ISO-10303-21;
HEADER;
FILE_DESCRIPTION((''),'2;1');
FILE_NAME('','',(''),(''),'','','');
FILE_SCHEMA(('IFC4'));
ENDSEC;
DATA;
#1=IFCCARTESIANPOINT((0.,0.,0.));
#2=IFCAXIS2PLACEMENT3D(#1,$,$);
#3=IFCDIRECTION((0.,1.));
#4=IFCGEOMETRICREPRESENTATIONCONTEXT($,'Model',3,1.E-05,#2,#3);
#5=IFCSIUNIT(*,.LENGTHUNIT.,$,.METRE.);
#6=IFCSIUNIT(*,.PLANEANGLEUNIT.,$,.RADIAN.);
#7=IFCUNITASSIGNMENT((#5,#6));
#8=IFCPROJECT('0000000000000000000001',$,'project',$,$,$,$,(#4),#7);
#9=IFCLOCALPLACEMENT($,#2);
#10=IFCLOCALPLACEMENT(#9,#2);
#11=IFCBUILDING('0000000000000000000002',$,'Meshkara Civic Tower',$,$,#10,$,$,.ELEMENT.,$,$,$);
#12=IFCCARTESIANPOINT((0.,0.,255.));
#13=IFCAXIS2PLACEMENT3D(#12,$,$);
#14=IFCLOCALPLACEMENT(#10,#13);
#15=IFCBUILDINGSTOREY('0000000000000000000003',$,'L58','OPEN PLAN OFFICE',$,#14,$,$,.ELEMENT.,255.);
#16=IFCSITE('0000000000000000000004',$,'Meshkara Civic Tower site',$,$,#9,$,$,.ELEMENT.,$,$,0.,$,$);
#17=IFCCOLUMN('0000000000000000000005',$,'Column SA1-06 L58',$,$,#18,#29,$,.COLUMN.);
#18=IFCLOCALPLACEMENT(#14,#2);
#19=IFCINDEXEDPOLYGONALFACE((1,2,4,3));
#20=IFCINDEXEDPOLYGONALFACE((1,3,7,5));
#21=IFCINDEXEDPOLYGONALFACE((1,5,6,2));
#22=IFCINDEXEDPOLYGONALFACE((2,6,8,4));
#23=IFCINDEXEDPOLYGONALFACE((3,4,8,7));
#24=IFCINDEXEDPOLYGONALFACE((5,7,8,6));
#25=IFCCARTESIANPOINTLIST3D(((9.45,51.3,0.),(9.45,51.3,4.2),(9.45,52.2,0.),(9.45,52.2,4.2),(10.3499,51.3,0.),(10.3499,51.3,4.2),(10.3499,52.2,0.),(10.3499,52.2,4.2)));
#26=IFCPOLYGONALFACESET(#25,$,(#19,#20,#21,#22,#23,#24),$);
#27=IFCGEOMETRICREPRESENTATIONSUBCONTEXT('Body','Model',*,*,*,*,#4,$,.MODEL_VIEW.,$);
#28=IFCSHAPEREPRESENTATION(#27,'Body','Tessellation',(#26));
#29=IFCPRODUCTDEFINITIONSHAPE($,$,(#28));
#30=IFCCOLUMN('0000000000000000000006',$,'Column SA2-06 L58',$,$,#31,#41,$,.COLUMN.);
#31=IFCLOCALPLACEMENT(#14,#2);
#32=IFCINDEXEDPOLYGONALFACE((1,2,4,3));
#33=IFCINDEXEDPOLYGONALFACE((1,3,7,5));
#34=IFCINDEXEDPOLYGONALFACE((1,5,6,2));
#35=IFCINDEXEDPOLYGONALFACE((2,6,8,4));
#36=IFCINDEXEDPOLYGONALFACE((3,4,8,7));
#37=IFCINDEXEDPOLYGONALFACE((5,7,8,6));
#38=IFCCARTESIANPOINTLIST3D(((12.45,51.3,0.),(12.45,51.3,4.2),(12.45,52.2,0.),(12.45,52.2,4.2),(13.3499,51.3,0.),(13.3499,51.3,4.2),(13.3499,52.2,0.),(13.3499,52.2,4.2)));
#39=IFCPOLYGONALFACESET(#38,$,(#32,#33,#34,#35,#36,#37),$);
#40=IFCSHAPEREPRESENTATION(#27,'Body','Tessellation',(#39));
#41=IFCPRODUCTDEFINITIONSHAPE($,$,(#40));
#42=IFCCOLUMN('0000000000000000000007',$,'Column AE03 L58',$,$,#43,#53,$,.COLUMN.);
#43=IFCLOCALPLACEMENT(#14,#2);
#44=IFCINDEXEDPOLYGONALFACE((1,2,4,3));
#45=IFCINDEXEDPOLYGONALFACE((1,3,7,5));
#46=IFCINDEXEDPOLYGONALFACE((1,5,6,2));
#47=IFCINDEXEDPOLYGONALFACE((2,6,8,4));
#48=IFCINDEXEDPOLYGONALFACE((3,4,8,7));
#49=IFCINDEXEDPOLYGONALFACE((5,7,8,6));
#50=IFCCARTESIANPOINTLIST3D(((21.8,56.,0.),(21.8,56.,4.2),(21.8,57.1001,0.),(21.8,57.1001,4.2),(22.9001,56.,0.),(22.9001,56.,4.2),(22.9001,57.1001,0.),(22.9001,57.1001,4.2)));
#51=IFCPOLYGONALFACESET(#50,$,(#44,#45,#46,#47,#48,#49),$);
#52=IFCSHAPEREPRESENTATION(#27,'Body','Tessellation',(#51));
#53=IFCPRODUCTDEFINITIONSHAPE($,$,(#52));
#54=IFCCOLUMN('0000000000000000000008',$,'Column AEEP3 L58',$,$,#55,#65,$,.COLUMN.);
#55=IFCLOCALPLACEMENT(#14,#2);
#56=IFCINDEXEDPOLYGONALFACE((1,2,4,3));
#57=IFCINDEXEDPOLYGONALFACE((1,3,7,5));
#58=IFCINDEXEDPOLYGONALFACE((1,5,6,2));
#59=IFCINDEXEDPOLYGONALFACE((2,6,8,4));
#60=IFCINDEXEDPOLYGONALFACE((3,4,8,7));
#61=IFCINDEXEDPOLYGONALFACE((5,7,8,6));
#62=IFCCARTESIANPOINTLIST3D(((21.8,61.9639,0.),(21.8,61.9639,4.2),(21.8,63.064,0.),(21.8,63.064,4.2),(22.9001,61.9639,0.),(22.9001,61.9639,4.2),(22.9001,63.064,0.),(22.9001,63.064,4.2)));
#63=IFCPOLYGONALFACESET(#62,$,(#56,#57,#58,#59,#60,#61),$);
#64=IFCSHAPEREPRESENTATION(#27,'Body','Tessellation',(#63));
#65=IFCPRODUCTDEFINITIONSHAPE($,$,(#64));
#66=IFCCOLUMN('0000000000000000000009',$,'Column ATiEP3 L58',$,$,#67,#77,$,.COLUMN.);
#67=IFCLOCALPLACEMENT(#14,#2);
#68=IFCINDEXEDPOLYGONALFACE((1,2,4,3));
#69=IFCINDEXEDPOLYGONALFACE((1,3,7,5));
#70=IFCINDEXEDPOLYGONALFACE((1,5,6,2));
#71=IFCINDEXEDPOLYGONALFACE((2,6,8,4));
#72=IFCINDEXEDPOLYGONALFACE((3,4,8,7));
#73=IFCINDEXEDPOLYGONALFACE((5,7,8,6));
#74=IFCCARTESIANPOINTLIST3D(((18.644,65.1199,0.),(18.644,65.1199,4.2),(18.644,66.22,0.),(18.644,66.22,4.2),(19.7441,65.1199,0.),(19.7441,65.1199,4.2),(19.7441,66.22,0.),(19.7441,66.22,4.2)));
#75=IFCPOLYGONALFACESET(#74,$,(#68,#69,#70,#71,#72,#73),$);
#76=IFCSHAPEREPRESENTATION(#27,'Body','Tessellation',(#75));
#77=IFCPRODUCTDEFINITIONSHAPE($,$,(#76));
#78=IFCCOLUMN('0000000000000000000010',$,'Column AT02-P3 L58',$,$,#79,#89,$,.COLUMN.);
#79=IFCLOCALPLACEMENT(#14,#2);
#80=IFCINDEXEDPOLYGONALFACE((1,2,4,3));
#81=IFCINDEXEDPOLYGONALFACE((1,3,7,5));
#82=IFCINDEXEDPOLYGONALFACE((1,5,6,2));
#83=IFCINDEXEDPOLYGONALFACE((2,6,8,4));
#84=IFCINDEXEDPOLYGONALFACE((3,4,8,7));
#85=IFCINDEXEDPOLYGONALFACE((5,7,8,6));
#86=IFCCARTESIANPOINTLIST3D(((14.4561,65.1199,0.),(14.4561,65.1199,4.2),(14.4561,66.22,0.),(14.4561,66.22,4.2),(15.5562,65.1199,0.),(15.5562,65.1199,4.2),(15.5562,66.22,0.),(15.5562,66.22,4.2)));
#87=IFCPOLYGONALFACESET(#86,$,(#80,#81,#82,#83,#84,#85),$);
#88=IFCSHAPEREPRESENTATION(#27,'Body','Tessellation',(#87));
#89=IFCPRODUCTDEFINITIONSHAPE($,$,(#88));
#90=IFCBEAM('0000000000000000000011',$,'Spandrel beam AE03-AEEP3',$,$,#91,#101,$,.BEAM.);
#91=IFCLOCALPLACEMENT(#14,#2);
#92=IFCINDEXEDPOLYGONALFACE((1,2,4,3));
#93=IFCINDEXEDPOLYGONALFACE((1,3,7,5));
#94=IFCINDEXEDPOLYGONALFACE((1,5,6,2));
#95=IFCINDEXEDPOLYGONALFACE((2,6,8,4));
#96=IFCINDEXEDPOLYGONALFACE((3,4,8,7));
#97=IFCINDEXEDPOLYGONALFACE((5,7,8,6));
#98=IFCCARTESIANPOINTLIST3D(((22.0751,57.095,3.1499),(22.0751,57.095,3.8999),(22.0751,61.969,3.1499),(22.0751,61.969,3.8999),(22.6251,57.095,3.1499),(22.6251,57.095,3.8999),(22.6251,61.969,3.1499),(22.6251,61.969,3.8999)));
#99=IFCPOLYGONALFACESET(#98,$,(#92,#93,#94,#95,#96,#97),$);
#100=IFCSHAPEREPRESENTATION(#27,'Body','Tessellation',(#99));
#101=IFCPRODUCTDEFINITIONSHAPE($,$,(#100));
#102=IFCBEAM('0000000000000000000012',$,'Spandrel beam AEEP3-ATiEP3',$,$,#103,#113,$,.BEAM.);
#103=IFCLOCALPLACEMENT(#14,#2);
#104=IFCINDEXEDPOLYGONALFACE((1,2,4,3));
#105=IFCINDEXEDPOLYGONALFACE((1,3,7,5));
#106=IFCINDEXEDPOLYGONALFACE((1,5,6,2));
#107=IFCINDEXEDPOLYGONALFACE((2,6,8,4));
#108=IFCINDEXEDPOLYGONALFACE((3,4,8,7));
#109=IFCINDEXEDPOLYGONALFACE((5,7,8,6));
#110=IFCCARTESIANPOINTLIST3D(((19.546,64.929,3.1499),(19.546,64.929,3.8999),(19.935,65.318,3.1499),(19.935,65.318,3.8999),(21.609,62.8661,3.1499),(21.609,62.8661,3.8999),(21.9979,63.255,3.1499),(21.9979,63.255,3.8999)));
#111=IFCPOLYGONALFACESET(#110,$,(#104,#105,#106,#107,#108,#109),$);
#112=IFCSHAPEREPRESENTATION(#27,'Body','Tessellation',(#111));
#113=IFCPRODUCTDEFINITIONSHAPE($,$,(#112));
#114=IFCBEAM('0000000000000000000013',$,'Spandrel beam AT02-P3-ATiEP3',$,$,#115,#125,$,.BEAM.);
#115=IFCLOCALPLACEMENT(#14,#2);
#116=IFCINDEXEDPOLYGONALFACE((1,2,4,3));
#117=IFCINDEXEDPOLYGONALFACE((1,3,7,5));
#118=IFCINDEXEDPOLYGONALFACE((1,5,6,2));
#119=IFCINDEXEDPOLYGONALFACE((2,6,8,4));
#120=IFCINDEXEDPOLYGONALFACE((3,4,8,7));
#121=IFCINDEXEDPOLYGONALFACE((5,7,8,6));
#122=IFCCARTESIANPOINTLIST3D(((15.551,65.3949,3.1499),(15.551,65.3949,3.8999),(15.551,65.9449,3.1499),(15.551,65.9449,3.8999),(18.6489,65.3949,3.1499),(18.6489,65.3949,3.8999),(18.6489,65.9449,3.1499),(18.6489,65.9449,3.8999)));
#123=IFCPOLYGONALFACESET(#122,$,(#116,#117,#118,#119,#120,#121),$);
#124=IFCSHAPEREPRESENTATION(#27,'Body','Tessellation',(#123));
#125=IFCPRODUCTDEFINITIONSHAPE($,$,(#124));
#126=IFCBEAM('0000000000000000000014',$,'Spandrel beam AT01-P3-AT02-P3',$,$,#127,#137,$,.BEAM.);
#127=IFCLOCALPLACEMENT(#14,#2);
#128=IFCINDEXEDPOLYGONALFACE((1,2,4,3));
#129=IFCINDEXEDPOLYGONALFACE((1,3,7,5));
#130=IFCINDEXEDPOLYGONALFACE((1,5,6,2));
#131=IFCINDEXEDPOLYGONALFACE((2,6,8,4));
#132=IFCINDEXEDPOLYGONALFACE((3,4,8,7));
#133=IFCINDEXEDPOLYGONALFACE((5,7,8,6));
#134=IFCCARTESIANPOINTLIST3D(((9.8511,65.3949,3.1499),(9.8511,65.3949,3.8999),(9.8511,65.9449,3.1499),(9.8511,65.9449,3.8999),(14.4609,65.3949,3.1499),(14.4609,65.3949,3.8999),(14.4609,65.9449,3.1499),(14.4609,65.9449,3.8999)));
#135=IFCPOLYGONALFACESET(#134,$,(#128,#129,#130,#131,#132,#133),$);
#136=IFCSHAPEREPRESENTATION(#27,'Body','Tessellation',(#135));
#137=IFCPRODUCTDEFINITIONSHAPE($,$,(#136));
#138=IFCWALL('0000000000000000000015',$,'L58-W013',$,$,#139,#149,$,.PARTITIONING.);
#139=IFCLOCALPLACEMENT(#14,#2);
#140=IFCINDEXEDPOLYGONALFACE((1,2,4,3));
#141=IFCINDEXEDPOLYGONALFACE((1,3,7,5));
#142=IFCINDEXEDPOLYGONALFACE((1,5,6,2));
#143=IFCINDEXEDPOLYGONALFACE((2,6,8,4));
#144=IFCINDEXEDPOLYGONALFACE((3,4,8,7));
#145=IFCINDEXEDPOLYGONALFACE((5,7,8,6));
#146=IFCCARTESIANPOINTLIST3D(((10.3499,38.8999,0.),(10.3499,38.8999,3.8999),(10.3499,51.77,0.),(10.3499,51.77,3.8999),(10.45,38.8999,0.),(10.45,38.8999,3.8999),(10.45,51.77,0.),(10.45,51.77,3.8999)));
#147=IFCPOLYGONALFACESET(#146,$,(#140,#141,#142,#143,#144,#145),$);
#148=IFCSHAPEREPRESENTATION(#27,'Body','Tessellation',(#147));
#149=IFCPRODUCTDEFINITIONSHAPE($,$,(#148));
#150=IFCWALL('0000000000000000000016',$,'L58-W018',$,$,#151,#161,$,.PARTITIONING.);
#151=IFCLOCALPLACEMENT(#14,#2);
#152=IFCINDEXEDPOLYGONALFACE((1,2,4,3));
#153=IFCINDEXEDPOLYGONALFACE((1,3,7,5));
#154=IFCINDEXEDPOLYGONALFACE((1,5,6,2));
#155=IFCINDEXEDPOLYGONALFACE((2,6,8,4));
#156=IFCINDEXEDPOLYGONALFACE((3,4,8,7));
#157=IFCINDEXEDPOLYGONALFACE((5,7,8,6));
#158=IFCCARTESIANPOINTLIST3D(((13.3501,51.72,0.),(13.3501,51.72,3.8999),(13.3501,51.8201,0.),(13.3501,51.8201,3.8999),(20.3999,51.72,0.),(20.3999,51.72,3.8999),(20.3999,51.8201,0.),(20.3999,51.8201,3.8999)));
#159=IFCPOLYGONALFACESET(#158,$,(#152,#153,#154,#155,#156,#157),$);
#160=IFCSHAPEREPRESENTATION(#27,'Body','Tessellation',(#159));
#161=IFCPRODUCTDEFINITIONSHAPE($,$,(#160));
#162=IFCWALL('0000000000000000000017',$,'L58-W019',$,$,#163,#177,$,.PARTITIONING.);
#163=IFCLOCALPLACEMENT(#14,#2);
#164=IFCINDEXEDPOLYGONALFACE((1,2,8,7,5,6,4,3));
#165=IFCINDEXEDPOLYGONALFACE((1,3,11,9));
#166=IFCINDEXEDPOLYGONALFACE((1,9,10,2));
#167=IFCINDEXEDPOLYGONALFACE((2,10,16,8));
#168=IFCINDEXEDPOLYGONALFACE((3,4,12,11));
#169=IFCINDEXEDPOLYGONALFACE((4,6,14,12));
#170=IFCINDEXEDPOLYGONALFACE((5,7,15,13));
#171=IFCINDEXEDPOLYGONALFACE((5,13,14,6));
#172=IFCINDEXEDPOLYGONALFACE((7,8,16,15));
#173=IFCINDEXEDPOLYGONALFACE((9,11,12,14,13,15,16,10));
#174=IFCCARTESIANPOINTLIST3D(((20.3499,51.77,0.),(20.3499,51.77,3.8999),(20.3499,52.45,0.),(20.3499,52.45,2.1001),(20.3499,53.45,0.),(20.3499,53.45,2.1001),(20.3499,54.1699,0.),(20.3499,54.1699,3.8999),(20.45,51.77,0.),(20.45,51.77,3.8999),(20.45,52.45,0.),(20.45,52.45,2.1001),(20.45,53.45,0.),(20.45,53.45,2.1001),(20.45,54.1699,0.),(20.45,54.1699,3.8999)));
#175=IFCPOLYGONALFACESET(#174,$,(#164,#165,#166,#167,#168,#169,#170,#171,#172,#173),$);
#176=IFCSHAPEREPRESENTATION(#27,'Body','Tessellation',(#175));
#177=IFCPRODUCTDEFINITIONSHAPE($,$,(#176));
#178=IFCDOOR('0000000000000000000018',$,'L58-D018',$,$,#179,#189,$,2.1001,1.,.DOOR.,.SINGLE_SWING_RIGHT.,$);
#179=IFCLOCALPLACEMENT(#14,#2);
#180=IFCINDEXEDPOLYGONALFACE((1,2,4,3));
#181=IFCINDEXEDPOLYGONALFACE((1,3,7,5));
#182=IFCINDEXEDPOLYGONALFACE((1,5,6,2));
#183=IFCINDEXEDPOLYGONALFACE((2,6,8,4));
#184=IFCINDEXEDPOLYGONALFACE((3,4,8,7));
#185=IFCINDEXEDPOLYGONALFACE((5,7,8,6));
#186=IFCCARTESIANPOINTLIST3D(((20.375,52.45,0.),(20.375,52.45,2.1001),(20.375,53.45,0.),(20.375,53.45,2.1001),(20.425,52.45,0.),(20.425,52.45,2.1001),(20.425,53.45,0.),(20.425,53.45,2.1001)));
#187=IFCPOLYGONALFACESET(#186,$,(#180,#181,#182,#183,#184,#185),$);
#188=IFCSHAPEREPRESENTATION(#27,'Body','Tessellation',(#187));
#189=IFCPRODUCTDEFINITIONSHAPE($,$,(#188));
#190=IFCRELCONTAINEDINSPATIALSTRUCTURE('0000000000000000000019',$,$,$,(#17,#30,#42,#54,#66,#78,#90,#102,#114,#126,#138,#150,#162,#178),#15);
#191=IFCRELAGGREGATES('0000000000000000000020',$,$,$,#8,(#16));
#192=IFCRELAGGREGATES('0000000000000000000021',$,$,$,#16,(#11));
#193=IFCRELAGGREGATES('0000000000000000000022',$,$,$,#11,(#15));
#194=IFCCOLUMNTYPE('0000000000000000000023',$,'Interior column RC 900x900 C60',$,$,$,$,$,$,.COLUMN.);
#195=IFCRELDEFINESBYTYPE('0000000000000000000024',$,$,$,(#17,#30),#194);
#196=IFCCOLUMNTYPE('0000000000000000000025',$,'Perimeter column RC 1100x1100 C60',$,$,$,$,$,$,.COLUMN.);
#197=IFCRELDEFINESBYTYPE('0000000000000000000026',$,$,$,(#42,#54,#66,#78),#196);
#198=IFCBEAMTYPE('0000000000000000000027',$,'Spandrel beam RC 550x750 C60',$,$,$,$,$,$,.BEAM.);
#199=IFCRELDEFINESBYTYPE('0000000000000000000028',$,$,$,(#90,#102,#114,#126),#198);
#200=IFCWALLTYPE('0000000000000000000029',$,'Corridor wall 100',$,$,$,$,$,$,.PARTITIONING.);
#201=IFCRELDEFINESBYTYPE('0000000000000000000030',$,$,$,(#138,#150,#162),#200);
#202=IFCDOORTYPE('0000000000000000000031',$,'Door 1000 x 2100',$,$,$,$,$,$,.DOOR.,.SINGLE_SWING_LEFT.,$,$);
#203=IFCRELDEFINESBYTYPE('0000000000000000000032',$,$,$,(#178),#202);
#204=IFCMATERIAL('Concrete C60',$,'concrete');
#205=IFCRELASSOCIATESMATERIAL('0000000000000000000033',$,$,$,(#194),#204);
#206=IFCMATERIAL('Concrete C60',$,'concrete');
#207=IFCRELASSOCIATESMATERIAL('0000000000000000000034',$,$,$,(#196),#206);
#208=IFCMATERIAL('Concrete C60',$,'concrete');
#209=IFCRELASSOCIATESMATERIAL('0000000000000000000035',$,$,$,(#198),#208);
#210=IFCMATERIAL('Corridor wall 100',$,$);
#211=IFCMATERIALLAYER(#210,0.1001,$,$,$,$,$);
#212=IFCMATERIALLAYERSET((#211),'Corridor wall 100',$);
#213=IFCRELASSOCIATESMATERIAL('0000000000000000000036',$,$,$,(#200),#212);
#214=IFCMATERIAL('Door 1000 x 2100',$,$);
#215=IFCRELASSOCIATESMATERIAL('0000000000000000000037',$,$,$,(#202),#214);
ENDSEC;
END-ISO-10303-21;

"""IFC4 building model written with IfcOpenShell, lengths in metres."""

from ifc_helpers import new_model, si_unit, direction, frame, frame_2d, origin, origin_2d, place, context, subcontext, project, spatial, rectangle, extrude, material, layer, layer_set, material_profile, profile_set, type_object, element, fill, save


model = new_model("IFC4")

# Units and contexts
model_context = context("Model", 3, precision=1e-05, world=origin(), true_north=direction((0.0, 1.0)))
body_context = subcontext(model_context, "Body", "Model", "MODEL_VIEW")
ifc_project = project(units=[si_unit("LENGTHUNIT", "METRE"), si_unit("PLANEANGLEUNIT", "RADIAN")], contexts=[model_context])

# Site, building, storey
site_placement = place(None, origin())
site = spatial("IfcSite", under=ifc_project, at=site_placement, Name="Meshkara Civic Tower site", CompositionType="ELEMENT", RefElevation=0.0)
building_placement = place(site_placement, origin())
building = spatial("IfcBuilding", under=site, at=building_placement, Name="Meshkara Civic Tower", CompositionType="ELEMENT")
storey_placement = place(building_placement, frame((0.0, 0.0, 255.0)))
storey = spatial("IfcBuildingStorey", under=building, at=storey_placement, Name="L58", Description="OPEN PLAN OFFICE", CompositionType="ELEMENT", Elevation=255.0)

# Columns
ifc_material_1 = material(Name="Concrete C60", Category="concrete")
ifc_material_profile_1 = material_profile(ifc_material_1, rectangle(XDim=0.8999, YDim=0.8999, at=origin_2d()))
ifc_profile_set_1 = profile_set([ifc_material_profile_1], Name="Concrete C60")
column_type_1 = type_object("IfcColumnType", Name="Interior column RC 900x900 C60", PredefinedType="COLUMN", material=ifc_profile_set_1)
for number, where, z_axis, x_axis, name in (
    (1, (9.8999, 51.75, 0.0), (0.0, 0.0, 1.0), (1.0, 0.0, 0.0), "Column SA1-06 L58"),
    (2, (12.8999, 51.75, 0.0), (0.0, 0.0, 1.0), (1.0, 0.0, 0.0), "Column SA2-06 L58"),
):
    element("IfcColumn", number, at=place(storey_placement, frame(where, z_axis=z_axis, x_axis=x_axis)), inside=storey, type_object=column_type_1, Name=name, PredefinedType="COLUMN", context=body_context, shape_type="SweptSolid", body=[
        extrude(rectangle(XDim=0.8999, YDim=0.8999, at=origin_2d()), origin(), (0.0, 0.0, 1.0), 4.2),
    ])
ifc_material_2 = material(Name="Concrete C60", Category="concrete")
ifc_material_profile_2 = material_profile(ifc_material_2, rectangle(XDim=1.1001, YDim=1.1001, at=origin_2d()))
ifc_profile_set_2 = profile_set([ifc_material_profile_2], Name="Concrete C60")
column_type_2 = type_object("IfcColumnType", Name="Perimeter column RC 1100x1100 C60", PredefinedType="COLUMN", material=ifc_profile_set_2)
for number, where, z_axis, x_axis, name in (
    (3, (22.3501, 56.55, 0.0), (0.0, 0.0, 1.0), (1.0, 0.0, 0.0), "Column AE03 L58"),
    (4, (22.3501, 62.5139, 0.0), (0.0, 0.0, 1.0), (1.0, 0.0, 0.0), "Column AEEP3 L58"),
    (5, (19.1941, 65.6699, 0.0), (0.0, 0.0, 1.0), (1.0, 0.0, 0.0), "Column ATiEP3 L58"),
    (6, (15.0061, 65.6699, 0.0), (0.0, 0.0, 1.0), (1.0, 0.0, 0.0), "Column AT02-P3 L58"),
):
    element("IfcColumn", number, at=place(storey_placement, frame(where, z_axis=z_axis, x_axis=x_axis)), inside=storey, type_object=column_type_2, Name=name, PredefinedType="COLUMN", context=body_context, shape_type="SweptSolid", body=[
        extrude(rectangle(XDim=1.1001, YDim=1.1001, at=origin_2d()), origin(), (0.0, 0.0, 1.0), 4.2),
    ])

# Beams
ifc_material_3 = material(Name="Concrete C60", Category="concrete")
ifc_material_profile_3 = material_profile(ifc_material_3, rectangle(XDim=0.55, YDim=0.75, at=origin_2d()))
ifc_profile_set_3 = profile_set([ifc_material_profile_3], Name="Concrete C60")
beam_type = type_object("IfcBeamType", Name="Spandrel beam RC 550x750 C60", PredefinedType="BEAM", material=ifc_profile_set_3)
beam_1_placement = place(storey_placement, frame((22.3501, 57.095, 3.5249), z_axis=(0.0, 1.0, 0.0), x_axis=(-1.0, 0.0, 0.0)))
element("IfcBeam", 7, at=beam_1_placement, inside=storey, type_object=beam_type, Name="Spandrel beam AE03-AEEP3", PredefinedType="BEAM", context=body_context, shape_type="SweptSolid", body=[
    extrude(rectangle(XDim=0.55, YDim=0.75, at=origin_2d()), origin(), (0.0, 0.0, 1.0), 4.874),
])
beam_2_placement = place(storey_placement, frame((21.8035, 63.0605, 3.5249), z_axis=(-0.707107, 0.707107, 0.0), x_axis=(-0.707107, -0.707107, 0.0)))
element("IfcBeam", 8, at=beam_2_placement, inside=storey, type_object=beam_type, Name="Spandrel beam AEEP3-ATiEP3", PredefinedType="BEAM", context=body_context, shape_type="SweptSolid", body=[
    extrude(rectangle(XDim=0.55, YDim=0.75, at=origin_2d()), origin(), (0.0, 0.0, 1.0), 2.9175),
])
beam_3_placement = place(storey_placement, frame((18.6489, 65.6699, 3.5249), z_axis=(-1.0, 0.0, 0.0), x_axis=(0.0, -1.0, 0.0)))
element("IfcBeam", 9, at=beam_3_placement, inside=storey, type_object=beam_type, Name="Spandrel beam AT02-P3-ATiEP3", PredefinedType="BEAM", context=body_context, shape_type="SweptSolid", body=[
    extrude(rectangle(XDim=0.55, YDim=0.75, at=origin_2d()), origin(), (0.0, 0.0, 1.0), 3.0979),
])
beam_4_placement = place(storey_placement, frame((14.4609, 65.6699, 3.5249), z_axis=(-1.0, 0.0, 0.0), x_axis=(0.0, -1.0, 0.0)))
element("IfcBeam", 10, at=beam_4_placement, inside=storey, type_object=beam_type, Name="Spandrel beam AT01-P3-AT02-P3", PredefinedType="BEAM", context=body_context, shape_type="SweptSolid", body=[
    extrude(rectangle(XDim=0.55, YDim=0.75, at=origin_2d()), origin(), (0.0, 0.0, 1.0), 4.6099),
])

# Walls
ifc_material_4 = material(Name="Corridor wall 100")
ifc_layer_1 = layer(ifc_material_4, 0.1001)
ifc_layer_set_1 = layer_set([ifc_layer_1], Name="Corridor wall 100")
wall_type_1 = type_object("IfcWallType", Name="Corridor wall 100", PredefinedType="PARTITIONING", material=ifc_layer_set_1)
wall_1_placement = place(storey_placement, frame((10.3999, 51.77, 0.0), z_axis=(0.0, 0.0, 1.0), x_axis=(0.0, -1.0, 0.0)))
element("IfcWall", 11, at=wall_1_placement, inside=storey, type_object=wall_type_1, Name="L58-W013", PredefinedType="PARTITIONING", context=body_context, shape_type="SweptSolid", body=[
    extrude(rectangle(XDim=12.8701, YDim=0.1001, at=frame_2d((6.4351, 0.0))), origin(), (0.0, 0.0, 1.0), 3.8999),
])
wall_2_placement = place(storey_placement, frame((13.3501, 51.77, 0.0), z_axis=(0.0, 0.0, 1.0), x_axis=(1.0, 0.0, 0.0)))
element("IfcWall", 12, at=wall_2_placement, inside=storey, type_object=wall_type_1, Name="L58-W018", PredefinedType="PARTITIONING", context=body_context, shape_type="SweptSolid", body=[
    extrude(rectangle(XDim=7.0498, YDim=0.1001, at=frame_2d((3.5249, 0.0))), origin(), (0.0, 0.0, 1.0), 3.8999),
])

# Wall, opening, door
wall_3_placement = place(storey_placement, frame((20.3999, 51.77, 0.0), z_axis=(0.0, 0.0, 1.0), x_axis=(0.0, 1.0, 0.0)))
wall_3 = element("IfcWall", 13, at=wall_3_placement, inside=storey, type_object=wall_type_1, Name="L58-W019", PredefinedType="PARTITIONING", context=body_context, shape_type="SweptSolid", body=[
    extrude(rectangle(XDim=2.3999, YDim=0.1001, at=frame_2d((1.2, 0.0))), origin(), (0.0, 0.0, 1.0), 3.8999),
])
opening_1_placement = place(wall_3_placement, frame((0.6799, 0.0, 0.0)))
opening_1 = element("IfcOpeningElement", 14, at=opening_1_placement, cuts=wall_3, PredefinedType="OPENING", context=body_context, shape_type="SweptSolid", body=[
    extrude(rectangle(XDim=1.0, YDim=2.1001, at=frame_2d((0.5, 1.05))), frame((0.0, 0.0601, 0.0), z_axis=(0.0, -1.0, 0.0), x_axis=(1.0, 0.0, 0.0)), (0.0, 0.0, 1.0), 0.1201),
])
ifc_material_5 = material(Name="Door 1000 x 2100")
door_type = type_object("IfcDoorType", Name="Door 1000 x 2100", OperationType="SINGLE_SWING_LEFT", PredefinedType="DOOR", material=ifc_material_5)
door_placement = place(opening_1_placement, origin())
door = element("IfcDoor", 15, at=door_placement, inside=storey, type_object=door_type, Name="L58-D018", OperationType="SINGLE_SWING_RIGHT", OverallHeight=2.1001, OverallWidth=1.0, PredefinedType="DOOR", context=body_context, shape_type="SweptSolid", body=[
    extrude(rectangle(XDim=1.0, YDim=2.1001, at=frame_2d((0.5, 1.05))), frame((0.0, 0.0249, 0.0), z_axis=(0.0, -1.0, 0.0), x_axis=(1.0, 0.0, 0.0)), (0.0, 0.0, 1.0), 0.05),
])
fill(opening_1, door)

save(model, "model.ifc")
